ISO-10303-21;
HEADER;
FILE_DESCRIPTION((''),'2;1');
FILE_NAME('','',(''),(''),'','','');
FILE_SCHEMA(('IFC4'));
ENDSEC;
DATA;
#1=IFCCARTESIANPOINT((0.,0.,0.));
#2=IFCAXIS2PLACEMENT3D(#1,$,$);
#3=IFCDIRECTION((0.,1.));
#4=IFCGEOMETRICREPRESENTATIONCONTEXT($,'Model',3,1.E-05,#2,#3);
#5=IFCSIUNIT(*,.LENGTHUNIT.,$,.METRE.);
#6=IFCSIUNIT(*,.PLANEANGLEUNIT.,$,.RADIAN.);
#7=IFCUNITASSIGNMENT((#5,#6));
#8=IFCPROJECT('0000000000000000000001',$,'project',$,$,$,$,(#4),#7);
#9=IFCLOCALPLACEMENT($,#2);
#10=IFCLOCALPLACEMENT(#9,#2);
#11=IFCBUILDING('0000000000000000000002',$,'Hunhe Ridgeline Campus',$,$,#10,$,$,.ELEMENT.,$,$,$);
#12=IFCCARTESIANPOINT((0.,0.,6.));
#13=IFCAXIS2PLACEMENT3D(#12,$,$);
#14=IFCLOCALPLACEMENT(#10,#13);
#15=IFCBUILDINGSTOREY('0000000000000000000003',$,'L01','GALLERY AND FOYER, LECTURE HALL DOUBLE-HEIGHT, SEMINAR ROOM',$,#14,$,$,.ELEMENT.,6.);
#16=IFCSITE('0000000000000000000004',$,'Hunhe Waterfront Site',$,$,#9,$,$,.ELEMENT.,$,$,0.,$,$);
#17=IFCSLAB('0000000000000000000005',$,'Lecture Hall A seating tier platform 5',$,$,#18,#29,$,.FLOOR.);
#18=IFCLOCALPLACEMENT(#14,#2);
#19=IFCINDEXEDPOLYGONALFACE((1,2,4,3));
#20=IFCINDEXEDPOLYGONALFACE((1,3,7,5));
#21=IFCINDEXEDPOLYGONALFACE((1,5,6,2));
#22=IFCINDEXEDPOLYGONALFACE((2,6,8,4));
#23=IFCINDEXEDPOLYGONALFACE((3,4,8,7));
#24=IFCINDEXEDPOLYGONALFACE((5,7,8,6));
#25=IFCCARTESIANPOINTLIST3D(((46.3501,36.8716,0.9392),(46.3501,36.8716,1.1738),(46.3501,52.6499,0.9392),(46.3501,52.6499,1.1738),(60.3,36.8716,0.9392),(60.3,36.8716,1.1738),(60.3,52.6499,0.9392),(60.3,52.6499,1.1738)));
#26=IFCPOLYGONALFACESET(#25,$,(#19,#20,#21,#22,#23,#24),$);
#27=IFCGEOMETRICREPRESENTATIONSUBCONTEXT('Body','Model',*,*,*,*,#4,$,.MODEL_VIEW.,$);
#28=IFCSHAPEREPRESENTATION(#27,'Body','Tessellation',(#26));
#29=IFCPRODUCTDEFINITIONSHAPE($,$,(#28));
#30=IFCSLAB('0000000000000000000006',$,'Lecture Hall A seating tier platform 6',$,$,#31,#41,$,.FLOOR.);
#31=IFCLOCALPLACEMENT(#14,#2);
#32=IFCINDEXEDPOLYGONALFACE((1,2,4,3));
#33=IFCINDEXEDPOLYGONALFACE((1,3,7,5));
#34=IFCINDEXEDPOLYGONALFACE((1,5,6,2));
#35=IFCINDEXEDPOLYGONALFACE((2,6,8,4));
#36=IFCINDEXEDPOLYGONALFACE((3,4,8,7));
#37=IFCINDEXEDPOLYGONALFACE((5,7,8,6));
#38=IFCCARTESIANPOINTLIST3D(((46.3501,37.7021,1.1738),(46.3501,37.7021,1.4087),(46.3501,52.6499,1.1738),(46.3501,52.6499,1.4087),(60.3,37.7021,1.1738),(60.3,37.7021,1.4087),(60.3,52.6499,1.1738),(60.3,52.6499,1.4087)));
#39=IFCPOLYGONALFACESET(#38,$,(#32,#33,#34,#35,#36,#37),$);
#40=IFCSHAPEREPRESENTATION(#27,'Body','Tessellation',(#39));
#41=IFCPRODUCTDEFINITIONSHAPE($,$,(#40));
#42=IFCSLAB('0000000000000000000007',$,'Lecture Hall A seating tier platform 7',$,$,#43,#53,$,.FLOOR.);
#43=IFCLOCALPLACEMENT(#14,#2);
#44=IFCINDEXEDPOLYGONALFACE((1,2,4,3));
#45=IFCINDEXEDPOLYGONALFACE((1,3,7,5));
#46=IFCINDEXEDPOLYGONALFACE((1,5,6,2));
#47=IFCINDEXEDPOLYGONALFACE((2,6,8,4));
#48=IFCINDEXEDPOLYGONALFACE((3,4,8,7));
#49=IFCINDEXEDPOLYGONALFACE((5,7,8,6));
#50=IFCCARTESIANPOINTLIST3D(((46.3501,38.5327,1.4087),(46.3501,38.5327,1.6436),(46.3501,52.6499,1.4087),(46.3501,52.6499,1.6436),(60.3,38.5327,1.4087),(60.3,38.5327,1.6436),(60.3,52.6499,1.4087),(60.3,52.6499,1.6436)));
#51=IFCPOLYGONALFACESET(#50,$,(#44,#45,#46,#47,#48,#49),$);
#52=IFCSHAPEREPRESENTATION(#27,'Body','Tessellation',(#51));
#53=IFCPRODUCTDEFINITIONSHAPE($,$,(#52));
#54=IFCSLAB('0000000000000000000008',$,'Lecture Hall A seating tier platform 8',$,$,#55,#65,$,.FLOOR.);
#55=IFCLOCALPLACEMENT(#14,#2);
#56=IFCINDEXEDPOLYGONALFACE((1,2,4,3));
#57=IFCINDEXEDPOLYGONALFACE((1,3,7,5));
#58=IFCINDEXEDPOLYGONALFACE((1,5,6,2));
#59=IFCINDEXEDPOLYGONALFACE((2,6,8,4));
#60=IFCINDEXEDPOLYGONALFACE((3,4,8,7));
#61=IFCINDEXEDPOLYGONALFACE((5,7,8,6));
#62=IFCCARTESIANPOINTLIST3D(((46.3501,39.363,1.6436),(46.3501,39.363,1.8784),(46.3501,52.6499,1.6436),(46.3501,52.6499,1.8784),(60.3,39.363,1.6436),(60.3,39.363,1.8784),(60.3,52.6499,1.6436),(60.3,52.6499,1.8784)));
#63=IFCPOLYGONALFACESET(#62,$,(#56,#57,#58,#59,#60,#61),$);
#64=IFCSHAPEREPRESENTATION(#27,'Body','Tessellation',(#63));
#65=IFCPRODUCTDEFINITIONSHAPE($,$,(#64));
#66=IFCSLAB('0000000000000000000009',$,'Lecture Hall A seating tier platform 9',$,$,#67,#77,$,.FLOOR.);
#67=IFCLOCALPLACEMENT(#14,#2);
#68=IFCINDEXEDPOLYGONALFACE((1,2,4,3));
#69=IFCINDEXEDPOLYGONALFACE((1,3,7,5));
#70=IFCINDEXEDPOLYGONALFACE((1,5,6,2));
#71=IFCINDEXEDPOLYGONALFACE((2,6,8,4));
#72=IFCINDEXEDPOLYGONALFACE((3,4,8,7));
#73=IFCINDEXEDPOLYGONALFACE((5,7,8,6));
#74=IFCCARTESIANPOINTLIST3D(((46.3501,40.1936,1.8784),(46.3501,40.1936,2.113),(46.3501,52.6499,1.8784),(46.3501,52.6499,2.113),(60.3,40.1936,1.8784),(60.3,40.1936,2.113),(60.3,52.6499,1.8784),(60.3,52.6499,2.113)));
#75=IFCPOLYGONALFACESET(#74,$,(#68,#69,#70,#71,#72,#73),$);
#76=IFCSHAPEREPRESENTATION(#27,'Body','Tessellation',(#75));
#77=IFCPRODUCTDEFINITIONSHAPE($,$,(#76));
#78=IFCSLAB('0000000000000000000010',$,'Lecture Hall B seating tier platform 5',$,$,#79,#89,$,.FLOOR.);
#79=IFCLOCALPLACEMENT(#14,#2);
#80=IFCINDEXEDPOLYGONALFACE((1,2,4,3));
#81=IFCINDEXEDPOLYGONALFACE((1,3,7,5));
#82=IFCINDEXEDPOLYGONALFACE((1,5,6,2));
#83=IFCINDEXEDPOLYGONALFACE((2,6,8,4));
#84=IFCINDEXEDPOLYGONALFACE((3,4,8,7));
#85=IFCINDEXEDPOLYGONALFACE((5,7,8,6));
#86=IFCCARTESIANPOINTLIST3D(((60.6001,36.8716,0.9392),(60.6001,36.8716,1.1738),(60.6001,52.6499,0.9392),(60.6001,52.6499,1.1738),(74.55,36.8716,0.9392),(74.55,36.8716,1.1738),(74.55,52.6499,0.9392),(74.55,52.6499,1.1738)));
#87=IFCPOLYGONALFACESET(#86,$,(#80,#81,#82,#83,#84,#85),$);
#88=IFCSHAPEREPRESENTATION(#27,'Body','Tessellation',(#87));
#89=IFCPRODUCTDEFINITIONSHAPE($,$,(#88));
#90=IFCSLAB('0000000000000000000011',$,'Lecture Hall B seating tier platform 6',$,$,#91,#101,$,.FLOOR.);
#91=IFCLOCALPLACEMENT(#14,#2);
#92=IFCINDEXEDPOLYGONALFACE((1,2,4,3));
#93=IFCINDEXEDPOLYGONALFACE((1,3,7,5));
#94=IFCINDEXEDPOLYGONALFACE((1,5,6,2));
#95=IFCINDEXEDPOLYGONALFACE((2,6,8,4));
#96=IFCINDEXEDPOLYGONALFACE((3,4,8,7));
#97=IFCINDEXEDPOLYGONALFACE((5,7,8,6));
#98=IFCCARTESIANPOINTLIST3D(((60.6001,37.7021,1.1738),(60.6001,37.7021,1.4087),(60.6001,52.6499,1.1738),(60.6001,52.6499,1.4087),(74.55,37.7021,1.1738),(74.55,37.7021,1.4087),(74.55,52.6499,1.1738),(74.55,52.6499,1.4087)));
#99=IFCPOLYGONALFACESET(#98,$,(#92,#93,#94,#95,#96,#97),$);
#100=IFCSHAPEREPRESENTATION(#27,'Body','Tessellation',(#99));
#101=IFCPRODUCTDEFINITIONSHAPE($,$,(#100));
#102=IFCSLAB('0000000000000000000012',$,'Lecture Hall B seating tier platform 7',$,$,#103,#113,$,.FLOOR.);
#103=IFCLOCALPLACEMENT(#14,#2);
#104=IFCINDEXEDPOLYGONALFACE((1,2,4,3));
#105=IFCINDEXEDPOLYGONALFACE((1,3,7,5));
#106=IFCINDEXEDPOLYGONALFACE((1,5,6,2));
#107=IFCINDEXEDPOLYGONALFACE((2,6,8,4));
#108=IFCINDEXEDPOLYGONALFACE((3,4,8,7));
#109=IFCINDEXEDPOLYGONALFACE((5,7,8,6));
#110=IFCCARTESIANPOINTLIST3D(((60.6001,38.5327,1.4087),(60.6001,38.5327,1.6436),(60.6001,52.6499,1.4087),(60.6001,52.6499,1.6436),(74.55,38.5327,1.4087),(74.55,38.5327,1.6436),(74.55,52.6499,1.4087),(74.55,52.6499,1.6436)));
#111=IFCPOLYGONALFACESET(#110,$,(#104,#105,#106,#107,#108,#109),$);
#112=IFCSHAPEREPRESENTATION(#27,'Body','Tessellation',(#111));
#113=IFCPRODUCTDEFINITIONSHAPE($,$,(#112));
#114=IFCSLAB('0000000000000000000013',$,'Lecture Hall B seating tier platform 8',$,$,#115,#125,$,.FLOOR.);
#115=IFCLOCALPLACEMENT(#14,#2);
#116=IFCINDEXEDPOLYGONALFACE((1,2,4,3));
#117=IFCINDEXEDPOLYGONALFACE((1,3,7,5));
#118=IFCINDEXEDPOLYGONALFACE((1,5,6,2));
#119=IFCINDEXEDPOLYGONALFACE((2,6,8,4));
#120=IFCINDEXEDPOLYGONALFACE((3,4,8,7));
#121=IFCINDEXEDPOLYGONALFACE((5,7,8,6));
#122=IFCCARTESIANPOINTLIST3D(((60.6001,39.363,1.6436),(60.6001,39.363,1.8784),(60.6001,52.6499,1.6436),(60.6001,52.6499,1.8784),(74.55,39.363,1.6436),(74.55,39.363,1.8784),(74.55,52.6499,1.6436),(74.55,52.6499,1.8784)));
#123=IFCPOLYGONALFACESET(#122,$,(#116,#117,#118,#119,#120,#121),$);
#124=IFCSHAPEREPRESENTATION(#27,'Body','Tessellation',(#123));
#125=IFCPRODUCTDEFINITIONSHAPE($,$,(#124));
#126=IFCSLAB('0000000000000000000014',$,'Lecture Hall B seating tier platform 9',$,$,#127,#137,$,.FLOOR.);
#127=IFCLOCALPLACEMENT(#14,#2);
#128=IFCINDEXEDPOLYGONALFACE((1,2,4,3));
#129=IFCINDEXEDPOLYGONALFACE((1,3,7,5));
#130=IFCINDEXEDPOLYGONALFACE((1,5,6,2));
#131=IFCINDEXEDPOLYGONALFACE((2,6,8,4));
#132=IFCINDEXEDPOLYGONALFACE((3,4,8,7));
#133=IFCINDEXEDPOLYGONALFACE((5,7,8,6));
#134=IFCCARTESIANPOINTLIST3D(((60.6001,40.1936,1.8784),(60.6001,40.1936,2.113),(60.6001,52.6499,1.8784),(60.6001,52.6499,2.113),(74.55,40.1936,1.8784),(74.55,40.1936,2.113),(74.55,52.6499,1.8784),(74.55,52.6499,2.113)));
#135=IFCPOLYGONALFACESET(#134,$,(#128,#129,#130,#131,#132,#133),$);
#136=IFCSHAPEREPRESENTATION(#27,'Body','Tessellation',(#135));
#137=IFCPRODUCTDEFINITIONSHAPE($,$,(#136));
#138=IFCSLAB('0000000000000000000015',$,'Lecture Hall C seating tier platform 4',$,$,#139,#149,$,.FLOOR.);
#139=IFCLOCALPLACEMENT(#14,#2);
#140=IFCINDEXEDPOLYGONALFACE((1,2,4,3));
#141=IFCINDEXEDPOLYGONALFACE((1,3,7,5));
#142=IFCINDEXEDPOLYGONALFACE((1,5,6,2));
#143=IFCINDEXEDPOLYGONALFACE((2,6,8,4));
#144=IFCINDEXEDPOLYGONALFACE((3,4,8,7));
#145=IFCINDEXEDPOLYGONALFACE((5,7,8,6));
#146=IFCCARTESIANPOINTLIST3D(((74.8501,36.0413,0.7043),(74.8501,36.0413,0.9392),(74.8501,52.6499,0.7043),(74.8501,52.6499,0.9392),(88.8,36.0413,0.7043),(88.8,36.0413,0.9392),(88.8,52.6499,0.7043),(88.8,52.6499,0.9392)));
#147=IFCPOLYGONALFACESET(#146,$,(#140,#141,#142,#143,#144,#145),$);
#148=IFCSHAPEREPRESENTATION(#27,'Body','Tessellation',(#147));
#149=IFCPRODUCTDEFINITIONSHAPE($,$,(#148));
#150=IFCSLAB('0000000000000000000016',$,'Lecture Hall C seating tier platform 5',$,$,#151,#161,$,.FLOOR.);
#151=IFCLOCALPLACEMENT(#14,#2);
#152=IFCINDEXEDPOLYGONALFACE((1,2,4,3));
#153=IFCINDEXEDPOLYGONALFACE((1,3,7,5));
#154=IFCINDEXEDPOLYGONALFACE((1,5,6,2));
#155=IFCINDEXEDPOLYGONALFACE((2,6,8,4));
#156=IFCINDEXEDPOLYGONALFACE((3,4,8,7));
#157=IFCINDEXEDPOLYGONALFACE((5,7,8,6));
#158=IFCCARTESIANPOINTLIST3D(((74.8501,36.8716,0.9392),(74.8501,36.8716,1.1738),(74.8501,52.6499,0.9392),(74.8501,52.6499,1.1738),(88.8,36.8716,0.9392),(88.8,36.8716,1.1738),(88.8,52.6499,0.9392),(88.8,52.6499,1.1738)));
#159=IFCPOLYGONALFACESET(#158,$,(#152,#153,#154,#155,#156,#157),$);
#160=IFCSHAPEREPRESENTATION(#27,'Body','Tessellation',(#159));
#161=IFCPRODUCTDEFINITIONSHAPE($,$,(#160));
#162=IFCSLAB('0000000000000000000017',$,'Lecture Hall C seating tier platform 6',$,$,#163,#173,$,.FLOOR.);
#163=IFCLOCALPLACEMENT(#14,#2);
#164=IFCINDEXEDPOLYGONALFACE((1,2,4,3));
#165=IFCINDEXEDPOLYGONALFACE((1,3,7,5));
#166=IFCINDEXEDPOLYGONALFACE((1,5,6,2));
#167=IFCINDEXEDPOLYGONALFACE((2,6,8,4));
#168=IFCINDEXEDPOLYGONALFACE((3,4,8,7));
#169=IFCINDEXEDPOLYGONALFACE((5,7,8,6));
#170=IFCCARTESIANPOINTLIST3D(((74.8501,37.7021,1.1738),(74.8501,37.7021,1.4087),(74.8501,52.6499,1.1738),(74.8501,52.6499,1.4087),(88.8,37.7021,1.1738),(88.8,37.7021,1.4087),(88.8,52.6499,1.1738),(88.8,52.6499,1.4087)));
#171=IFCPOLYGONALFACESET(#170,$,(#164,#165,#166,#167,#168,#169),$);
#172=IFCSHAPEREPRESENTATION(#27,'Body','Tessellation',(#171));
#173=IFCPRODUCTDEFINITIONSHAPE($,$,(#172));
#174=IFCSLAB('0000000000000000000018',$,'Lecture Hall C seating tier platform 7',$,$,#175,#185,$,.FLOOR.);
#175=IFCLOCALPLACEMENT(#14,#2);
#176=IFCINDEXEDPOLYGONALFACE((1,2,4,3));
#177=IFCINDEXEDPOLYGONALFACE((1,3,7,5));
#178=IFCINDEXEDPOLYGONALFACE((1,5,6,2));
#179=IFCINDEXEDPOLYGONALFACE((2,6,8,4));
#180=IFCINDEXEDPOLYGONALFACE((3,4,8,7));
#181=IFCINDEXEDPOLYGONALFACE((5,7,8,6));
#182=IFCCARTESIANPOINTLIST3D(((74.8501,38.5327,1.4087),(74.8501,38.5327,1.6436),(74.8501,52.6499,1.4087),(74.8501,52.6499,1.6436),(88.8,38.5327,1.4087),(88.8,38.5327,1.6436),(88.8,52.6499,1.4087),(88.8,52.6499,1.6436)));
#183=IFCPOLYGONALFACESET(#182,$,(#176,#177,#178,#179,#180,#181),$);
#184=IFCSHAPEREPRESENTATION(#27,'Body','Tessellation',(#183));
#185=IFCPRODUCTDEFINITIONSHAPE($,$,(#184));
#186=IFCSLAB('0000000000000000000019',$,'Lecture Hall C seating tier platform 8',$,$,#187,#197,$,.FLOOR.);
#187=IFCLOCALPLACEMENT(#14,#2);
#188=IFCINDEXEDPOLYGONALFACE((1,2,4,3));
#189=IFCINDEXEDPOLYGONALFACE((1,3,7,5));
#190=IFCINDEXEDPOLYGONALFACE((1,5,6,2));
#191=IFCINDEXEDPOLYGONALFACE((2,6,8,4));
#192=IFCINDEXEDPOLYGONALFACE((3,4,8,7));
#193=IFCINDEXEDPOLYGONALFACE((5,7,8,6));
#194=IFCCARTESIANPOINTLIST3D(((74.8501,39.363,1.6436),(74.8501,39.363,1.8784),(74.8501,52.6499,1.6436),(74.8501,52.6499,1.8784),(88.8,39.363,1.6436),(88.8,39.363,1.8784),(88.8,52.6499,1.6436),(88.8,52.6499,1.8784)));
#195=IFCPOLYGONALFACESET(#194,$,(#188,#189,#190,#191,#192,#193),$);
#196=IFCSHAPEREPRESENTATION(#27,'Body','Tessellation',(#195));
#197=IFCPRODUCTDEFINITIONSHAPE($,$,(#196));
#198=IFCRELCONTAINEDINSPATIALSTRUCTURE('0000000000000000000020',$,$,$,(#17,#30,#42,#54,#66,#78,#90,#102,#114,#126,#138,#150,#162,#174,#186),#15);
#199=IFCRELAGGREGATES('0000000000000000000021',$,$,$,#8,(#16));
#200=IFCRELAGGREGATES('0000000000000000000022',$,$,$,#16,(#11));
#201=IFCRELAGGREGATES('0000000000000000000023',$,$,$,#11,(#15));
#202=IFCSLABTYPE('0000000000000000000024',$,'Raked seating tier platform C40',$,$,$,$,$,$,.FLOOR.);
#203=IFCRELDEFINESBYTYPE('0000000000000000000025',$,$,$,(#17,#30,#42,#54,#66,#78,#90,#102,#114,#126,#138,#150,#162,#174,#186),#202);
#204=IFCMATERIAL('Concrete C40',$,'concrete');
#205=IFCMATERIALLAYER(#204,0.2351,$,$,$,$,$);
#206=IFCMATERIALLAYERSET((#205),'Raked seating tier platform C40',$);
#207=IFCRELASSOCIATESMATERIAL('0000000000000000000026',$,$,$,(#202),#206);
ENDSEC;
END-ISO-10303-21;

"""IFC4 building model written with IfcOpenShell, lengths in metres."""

from ifc_helpers import new_model, si_unit, direction, frame, origin, place, context, subcontext, project, spatial, polyline, outline, extrude, material, layer, layer_set, type_object, element, save


model = new_model("IFC4")

# Units and contexts
model_context = context("Model", 3, precision=1e-05, world=origin(), true_north=direction((0.0, 1.0)))
body_context = subcontext(model_context, "Body", "Model", "MODEL_VIEW")
ifc_project = project(units=[si_unit("LENGTHUNIT", "METRE"), si_unit("PLANEANGLEUNIT", "RADIAN")], contexts=[model_context])

# Site, building, storey
site_placement = place(None, origin())
site = spatial("IfcSite", under=ifc_project, at=site_placement, Name="Hunhe Waterfront Site", CompositionType="ELEMENT", RefElevation=0.0)
building_placement = place(site_placement, origin())
building = spatial("IfcBuilding", under=site, at=building_placement, Name="Hunhe Ridgeline Campus", CompositionType="ELEMENT")
storey_placement = place(building_placement, frame((0.0, 0.0, 6.0)))
storey = spatial("IfcBuildingStorey", under=building, at=storey_placement, Name="L01", Description="GALLERY AND FOYER, LECTURE HALL DOUBLE-HEIGHT, SEMINAR ROOM", CompositionType="ELEMENT", Elevation=6.0)

# Slabs
ifc_material = material(Name="Concrete C40", Category="concrete")
ifc_layer_1 = layer(ifc_material, 0.2351)
ifc_layer_set_1 = layer_set([ifc_layer_1], Name="Raked seating tier platform C40")
slab_type_1 = type_object("IfcSlabType", Name="Raked seating tier platform C40", PredefinedType="FLOOR", material=ifc_layer_set_1)
slab_1_placement = place(storey_placement, frame((0.0, 0.0, 0.9392)))
element("IfcSlab", 1, at=slab_1_placement, inside=storey, type_object=slab_type_1, Name="Lecture Hall A seating tier platform 5", PredefinedType="FLOOR", context=body_context, shape_type="SweptSolid", body=[
    extrude(outline(polyline([(46.3501, 36.8716), (60.3, 36.8716), (60.3, 52.6499), (46.3501, 52.6499), (46.3501, 36.8716)])), origin(), (0.0, 0.0, 1.0), 0.2346),
])
slab_2_placement = place(storey_placement, frame((0.0, 0.0, 1.1738)))
element("IfcSlab", 2, at=slab_2_placement, inside=storey, type_object=slab_type_1, Name="Lecture Hall A seating tier platform 6", PredefinedType="FLOOR", context=body_context, shape_type="SweptSolid", body=[
    extrude(outline(polyline([(46.3501, 37.7021), (60.3, 37.7021), (60.3, 52.6499), (46.3501, 52.6499), (46.3501, 37.7021)])), origin(), (0.0, 0.0, 1.0), 0.2349),
])
slab_3_placement = place(storey_placement, frame((0.0, 0.0, 1.4087)))
element("IfcSlab", 3, at=slab_3_placement, inside=storey, type_object=slab_type_1, Name="Lecture Hall A seating tier platform 7", PredefinedType="FLOOR", context=body_context, shape_type="SweptSolid", body=[
    extrude(outline(polyline([(46.3501, 38.5327), (60.3, 38.5327), (60.3, 52.6499), (46.3501, 52.6499), (46.3501, 38.5327)])), origin(), (0.0, 0.0, 1.0), 0.2349),
])
slab_4_placement = place(storey_placement, frame((0.0, 0.0, 1.6436)))
element("IfcSlab", 4, at=slab_4_placement, inside=storey, type_object=slab_type_1, Name="Lecture Hall A seating tier platform 8", PredefinedType="FLOOR", context=body_context, shape_type="SweptSolid", body=[
    extrude(outline(polyline([(46.3501, 39.363), (60.3, 39.363), (60.3, 52.6499), (46.3501, 52.6499), (46.3501, 39.363)])), origin(), (0.0, 0.0, 1.0), 0.2349),
])
slab_5_placement = place(storey_placement, frame((0.0, 0.0, 1.8784)))
element("IfcSlab", 5, at=slab_5_placement, inside=storey, type_object=slab_type_1, Name="Lecture Hall A seating tier platform 9", PredefinedType="FLOOR", context=body_context, shape_type="SweptSolid", body=[
    extrude(outline(polyline([(46.3501, 40.1936), (60.3, 40.1936), (60.3, 52.6499), (46.3501, 52.6499), (46.3501, 40.1936)])), origin(), (0.0, 0.0, 1.0), 0.2346),
])
slab_6_placement = place(storey_placement, frame((0.0, 0.0, 0.9392)))
element("IfcSlab", 6, at=slab_6_placement, inside=storey, type_object=slab_type_1, Name="Lecture Hall B seating tier platform 5", PredefinedType="FLOOR", context=body_context, shape_type="SweptSolid", body=[
    extrude(outline(polyline([(60.6001, 36.8716), (74.55, 36.8716), (74.55, 52.6499), (60.6001, 52.6499), (60.6001, 36.8716)])), origin(), (0.0, 0.0, 1.0), 0.2346),
])
slab_7_placement = place(storey_placement, frame((0.0, 0.0, 1.1738)))
element("IfcSlab", 7, at=slab_7_placement, inside=storey, type_object=slab_type_1, Name="Lecture Hall B seating tier platform 6", PredefinedType="FLOOR", context=body_context, shape_type="SweptSolid", body=[
    extrude(outline(polyline([(60.6001, 37.7021), (74.55, 37.7021), (74.55, 52.6499), (60.6001, 52.6499), (60.6001, 37.7021)])), origin(), (0.0, 0.0, 1.0), 0.2349),
])
slab_8_placement = place(storey_placement, frame((0.0, 0.0, 1.4087)))
element("IfcSlab", 8, at=slab_8_placement, inside=storey, type_object=slab_type_1, Name="Lecture Hall B seating tier platform 7", PredefinedType="FLOOR", context=body_context, shape_type="SweptSolid", body=[
    extrude(outline(polyline([(60.6001, 38.5327), (74.55, 38.5327), (74.55, 52.6499), (60.6001, 52.6499), (60.6001, 38.5327)])), origin(), (0.0, 0.0, 1.0), 0.2349),
])
slab_9_placement = place(storey_placement, frame((0.0, 0.0, 1.6436)))
element("IfcSlab", 9, at=slab_9_placement, inside=storey, type_object=slab_type_1, Name="Lecture Hall B seating tier platform 8", PredefinedType="FLOOR", context=body_context, shape_type="SweptSolid", body=[
    extrude(outline(polyline([(60.6001, 39.363), (74.55, 39.363), (74.55, 52.6499), (60.6001, 52.6499), (60.6001, 39.363)])), origin(), (0.0, 0.0, 1.0), 0.2349),
])
slab_10_placement = place(storey_placement, frame((0.0, 0.0, 1.8784)))
element("IfcSlab", 10, at=slab_10_placement, inside=storey, type_object=slab_type_1, Name="Lecture Hall B seating tier platform 9", PredefinedType="FLOOR", context=body_context, shape_type="SweptSolid", body=[
    extrude(outline(polyline([(60.6001, 40.1936), (74.55, 40.1936), (74.55, 52.6499), (60.6001, 52.6499), (60.6001, 40.1936)])), origin(), (0.0, 0.0, 1.0), 0.2346),
])
slab_11_placement = place(storey_placement, frame((0.0, 0.0, 0.7043)))
element("IfcSlab", 11, at=slab_11_placement, inside=storey, type_object=slab_type_1, Name="Lecture Hall C seating tier platform 4", PredefinedType="FLOOR", context=body_context, shape_type="SweptSolid", body=[
    extrude(outline(polyline([(74.8501, 36.0413), (88.8, 36.0413), (88.8, 52.6499), (74.8501, 52.6499), (74.8501, 36.0413)])), origin(), (0.0, 0.0, 1.0), 0.2349),
])
slab_12_placement = place(storey_placement, frame((0.0, 0.0, 0.9392)))
element("IfcSlab", 12, at=slab_12_placement, inside=storey, type_object=slab_type_1, Name="Lecture Hall C seating tier platform 5", PredefinedType="FLOOR", context=body_context, shape_type="SweptSolid", body=[
    extrude(outline(polyline([(74.8501, 36.8716), (88.8, 36.8716), (88.8, 52.6499), (74.8501, 52.6499), (74.8501, 36.8716)])), origin(), (0.0, 0.0, 1.0), 0.2346),
])
slab_13_placement = place(storey_placement, frame((0.0, 0.0, 1.1738)))
element("IfcSlab", 13, at=slab_13_placement, inside=storey, type_object=slab_type_1, Name="Lecture Hall C seating tier platform 6", PredefinedType="FLOOR", context=body_context, shape_type="SweptSolid", body=[
    extrude(outline(polyline([(74.8501, 37.7021), (88.8, 37.7021), (88.8, 52.6499), (74.8501, 52.6499), (74.8501, 37.7021)])), origin(), (0.0, 0.0, 1.0), 0.2349),
])
slab_14_placement = place(storey_placement, frame((0.0, 0.0, 1.4087)))
element("IfcSlab", 14, at=slab_14_placement, inside=storey, type_object=slab_type_1, Name="Lecture Hall C seating tier platform 7", PredefinedType="FLOOR", context=body_context, shape_type="SweptSolid", body=[
    extrude(outline(polyline([(74.8501, 38.5327), (88.8, 38.5327), (88.8, 52.6499), (74.8501, 52.6499), (74.8501, 38.5327)])), origin(), (0.0, 0.0, 1.0), 0.2349),
])
slab_15_placement = place(storey_placement, frame((0.0, 0.0, 1.6436)))
element("IfcSlab", 15, at=slab_15_placement, inside=storey, type_object=slab_type_1, Name="Lecture Hall C seating tier platform 8", PredefinedType="FLOOR", context=body_context, shape_type="SweptSolid", body=[
    extrude(outline(polyline([(74.8501, 39.363), (88.8, 39.363), (88.8, 52.6499), (74.8501, 52.6499), (74.8501, 39.363)])), origin(), (0.0, 0.0, 1.0), 0.2349),
])

save(model, "model.ifc")
